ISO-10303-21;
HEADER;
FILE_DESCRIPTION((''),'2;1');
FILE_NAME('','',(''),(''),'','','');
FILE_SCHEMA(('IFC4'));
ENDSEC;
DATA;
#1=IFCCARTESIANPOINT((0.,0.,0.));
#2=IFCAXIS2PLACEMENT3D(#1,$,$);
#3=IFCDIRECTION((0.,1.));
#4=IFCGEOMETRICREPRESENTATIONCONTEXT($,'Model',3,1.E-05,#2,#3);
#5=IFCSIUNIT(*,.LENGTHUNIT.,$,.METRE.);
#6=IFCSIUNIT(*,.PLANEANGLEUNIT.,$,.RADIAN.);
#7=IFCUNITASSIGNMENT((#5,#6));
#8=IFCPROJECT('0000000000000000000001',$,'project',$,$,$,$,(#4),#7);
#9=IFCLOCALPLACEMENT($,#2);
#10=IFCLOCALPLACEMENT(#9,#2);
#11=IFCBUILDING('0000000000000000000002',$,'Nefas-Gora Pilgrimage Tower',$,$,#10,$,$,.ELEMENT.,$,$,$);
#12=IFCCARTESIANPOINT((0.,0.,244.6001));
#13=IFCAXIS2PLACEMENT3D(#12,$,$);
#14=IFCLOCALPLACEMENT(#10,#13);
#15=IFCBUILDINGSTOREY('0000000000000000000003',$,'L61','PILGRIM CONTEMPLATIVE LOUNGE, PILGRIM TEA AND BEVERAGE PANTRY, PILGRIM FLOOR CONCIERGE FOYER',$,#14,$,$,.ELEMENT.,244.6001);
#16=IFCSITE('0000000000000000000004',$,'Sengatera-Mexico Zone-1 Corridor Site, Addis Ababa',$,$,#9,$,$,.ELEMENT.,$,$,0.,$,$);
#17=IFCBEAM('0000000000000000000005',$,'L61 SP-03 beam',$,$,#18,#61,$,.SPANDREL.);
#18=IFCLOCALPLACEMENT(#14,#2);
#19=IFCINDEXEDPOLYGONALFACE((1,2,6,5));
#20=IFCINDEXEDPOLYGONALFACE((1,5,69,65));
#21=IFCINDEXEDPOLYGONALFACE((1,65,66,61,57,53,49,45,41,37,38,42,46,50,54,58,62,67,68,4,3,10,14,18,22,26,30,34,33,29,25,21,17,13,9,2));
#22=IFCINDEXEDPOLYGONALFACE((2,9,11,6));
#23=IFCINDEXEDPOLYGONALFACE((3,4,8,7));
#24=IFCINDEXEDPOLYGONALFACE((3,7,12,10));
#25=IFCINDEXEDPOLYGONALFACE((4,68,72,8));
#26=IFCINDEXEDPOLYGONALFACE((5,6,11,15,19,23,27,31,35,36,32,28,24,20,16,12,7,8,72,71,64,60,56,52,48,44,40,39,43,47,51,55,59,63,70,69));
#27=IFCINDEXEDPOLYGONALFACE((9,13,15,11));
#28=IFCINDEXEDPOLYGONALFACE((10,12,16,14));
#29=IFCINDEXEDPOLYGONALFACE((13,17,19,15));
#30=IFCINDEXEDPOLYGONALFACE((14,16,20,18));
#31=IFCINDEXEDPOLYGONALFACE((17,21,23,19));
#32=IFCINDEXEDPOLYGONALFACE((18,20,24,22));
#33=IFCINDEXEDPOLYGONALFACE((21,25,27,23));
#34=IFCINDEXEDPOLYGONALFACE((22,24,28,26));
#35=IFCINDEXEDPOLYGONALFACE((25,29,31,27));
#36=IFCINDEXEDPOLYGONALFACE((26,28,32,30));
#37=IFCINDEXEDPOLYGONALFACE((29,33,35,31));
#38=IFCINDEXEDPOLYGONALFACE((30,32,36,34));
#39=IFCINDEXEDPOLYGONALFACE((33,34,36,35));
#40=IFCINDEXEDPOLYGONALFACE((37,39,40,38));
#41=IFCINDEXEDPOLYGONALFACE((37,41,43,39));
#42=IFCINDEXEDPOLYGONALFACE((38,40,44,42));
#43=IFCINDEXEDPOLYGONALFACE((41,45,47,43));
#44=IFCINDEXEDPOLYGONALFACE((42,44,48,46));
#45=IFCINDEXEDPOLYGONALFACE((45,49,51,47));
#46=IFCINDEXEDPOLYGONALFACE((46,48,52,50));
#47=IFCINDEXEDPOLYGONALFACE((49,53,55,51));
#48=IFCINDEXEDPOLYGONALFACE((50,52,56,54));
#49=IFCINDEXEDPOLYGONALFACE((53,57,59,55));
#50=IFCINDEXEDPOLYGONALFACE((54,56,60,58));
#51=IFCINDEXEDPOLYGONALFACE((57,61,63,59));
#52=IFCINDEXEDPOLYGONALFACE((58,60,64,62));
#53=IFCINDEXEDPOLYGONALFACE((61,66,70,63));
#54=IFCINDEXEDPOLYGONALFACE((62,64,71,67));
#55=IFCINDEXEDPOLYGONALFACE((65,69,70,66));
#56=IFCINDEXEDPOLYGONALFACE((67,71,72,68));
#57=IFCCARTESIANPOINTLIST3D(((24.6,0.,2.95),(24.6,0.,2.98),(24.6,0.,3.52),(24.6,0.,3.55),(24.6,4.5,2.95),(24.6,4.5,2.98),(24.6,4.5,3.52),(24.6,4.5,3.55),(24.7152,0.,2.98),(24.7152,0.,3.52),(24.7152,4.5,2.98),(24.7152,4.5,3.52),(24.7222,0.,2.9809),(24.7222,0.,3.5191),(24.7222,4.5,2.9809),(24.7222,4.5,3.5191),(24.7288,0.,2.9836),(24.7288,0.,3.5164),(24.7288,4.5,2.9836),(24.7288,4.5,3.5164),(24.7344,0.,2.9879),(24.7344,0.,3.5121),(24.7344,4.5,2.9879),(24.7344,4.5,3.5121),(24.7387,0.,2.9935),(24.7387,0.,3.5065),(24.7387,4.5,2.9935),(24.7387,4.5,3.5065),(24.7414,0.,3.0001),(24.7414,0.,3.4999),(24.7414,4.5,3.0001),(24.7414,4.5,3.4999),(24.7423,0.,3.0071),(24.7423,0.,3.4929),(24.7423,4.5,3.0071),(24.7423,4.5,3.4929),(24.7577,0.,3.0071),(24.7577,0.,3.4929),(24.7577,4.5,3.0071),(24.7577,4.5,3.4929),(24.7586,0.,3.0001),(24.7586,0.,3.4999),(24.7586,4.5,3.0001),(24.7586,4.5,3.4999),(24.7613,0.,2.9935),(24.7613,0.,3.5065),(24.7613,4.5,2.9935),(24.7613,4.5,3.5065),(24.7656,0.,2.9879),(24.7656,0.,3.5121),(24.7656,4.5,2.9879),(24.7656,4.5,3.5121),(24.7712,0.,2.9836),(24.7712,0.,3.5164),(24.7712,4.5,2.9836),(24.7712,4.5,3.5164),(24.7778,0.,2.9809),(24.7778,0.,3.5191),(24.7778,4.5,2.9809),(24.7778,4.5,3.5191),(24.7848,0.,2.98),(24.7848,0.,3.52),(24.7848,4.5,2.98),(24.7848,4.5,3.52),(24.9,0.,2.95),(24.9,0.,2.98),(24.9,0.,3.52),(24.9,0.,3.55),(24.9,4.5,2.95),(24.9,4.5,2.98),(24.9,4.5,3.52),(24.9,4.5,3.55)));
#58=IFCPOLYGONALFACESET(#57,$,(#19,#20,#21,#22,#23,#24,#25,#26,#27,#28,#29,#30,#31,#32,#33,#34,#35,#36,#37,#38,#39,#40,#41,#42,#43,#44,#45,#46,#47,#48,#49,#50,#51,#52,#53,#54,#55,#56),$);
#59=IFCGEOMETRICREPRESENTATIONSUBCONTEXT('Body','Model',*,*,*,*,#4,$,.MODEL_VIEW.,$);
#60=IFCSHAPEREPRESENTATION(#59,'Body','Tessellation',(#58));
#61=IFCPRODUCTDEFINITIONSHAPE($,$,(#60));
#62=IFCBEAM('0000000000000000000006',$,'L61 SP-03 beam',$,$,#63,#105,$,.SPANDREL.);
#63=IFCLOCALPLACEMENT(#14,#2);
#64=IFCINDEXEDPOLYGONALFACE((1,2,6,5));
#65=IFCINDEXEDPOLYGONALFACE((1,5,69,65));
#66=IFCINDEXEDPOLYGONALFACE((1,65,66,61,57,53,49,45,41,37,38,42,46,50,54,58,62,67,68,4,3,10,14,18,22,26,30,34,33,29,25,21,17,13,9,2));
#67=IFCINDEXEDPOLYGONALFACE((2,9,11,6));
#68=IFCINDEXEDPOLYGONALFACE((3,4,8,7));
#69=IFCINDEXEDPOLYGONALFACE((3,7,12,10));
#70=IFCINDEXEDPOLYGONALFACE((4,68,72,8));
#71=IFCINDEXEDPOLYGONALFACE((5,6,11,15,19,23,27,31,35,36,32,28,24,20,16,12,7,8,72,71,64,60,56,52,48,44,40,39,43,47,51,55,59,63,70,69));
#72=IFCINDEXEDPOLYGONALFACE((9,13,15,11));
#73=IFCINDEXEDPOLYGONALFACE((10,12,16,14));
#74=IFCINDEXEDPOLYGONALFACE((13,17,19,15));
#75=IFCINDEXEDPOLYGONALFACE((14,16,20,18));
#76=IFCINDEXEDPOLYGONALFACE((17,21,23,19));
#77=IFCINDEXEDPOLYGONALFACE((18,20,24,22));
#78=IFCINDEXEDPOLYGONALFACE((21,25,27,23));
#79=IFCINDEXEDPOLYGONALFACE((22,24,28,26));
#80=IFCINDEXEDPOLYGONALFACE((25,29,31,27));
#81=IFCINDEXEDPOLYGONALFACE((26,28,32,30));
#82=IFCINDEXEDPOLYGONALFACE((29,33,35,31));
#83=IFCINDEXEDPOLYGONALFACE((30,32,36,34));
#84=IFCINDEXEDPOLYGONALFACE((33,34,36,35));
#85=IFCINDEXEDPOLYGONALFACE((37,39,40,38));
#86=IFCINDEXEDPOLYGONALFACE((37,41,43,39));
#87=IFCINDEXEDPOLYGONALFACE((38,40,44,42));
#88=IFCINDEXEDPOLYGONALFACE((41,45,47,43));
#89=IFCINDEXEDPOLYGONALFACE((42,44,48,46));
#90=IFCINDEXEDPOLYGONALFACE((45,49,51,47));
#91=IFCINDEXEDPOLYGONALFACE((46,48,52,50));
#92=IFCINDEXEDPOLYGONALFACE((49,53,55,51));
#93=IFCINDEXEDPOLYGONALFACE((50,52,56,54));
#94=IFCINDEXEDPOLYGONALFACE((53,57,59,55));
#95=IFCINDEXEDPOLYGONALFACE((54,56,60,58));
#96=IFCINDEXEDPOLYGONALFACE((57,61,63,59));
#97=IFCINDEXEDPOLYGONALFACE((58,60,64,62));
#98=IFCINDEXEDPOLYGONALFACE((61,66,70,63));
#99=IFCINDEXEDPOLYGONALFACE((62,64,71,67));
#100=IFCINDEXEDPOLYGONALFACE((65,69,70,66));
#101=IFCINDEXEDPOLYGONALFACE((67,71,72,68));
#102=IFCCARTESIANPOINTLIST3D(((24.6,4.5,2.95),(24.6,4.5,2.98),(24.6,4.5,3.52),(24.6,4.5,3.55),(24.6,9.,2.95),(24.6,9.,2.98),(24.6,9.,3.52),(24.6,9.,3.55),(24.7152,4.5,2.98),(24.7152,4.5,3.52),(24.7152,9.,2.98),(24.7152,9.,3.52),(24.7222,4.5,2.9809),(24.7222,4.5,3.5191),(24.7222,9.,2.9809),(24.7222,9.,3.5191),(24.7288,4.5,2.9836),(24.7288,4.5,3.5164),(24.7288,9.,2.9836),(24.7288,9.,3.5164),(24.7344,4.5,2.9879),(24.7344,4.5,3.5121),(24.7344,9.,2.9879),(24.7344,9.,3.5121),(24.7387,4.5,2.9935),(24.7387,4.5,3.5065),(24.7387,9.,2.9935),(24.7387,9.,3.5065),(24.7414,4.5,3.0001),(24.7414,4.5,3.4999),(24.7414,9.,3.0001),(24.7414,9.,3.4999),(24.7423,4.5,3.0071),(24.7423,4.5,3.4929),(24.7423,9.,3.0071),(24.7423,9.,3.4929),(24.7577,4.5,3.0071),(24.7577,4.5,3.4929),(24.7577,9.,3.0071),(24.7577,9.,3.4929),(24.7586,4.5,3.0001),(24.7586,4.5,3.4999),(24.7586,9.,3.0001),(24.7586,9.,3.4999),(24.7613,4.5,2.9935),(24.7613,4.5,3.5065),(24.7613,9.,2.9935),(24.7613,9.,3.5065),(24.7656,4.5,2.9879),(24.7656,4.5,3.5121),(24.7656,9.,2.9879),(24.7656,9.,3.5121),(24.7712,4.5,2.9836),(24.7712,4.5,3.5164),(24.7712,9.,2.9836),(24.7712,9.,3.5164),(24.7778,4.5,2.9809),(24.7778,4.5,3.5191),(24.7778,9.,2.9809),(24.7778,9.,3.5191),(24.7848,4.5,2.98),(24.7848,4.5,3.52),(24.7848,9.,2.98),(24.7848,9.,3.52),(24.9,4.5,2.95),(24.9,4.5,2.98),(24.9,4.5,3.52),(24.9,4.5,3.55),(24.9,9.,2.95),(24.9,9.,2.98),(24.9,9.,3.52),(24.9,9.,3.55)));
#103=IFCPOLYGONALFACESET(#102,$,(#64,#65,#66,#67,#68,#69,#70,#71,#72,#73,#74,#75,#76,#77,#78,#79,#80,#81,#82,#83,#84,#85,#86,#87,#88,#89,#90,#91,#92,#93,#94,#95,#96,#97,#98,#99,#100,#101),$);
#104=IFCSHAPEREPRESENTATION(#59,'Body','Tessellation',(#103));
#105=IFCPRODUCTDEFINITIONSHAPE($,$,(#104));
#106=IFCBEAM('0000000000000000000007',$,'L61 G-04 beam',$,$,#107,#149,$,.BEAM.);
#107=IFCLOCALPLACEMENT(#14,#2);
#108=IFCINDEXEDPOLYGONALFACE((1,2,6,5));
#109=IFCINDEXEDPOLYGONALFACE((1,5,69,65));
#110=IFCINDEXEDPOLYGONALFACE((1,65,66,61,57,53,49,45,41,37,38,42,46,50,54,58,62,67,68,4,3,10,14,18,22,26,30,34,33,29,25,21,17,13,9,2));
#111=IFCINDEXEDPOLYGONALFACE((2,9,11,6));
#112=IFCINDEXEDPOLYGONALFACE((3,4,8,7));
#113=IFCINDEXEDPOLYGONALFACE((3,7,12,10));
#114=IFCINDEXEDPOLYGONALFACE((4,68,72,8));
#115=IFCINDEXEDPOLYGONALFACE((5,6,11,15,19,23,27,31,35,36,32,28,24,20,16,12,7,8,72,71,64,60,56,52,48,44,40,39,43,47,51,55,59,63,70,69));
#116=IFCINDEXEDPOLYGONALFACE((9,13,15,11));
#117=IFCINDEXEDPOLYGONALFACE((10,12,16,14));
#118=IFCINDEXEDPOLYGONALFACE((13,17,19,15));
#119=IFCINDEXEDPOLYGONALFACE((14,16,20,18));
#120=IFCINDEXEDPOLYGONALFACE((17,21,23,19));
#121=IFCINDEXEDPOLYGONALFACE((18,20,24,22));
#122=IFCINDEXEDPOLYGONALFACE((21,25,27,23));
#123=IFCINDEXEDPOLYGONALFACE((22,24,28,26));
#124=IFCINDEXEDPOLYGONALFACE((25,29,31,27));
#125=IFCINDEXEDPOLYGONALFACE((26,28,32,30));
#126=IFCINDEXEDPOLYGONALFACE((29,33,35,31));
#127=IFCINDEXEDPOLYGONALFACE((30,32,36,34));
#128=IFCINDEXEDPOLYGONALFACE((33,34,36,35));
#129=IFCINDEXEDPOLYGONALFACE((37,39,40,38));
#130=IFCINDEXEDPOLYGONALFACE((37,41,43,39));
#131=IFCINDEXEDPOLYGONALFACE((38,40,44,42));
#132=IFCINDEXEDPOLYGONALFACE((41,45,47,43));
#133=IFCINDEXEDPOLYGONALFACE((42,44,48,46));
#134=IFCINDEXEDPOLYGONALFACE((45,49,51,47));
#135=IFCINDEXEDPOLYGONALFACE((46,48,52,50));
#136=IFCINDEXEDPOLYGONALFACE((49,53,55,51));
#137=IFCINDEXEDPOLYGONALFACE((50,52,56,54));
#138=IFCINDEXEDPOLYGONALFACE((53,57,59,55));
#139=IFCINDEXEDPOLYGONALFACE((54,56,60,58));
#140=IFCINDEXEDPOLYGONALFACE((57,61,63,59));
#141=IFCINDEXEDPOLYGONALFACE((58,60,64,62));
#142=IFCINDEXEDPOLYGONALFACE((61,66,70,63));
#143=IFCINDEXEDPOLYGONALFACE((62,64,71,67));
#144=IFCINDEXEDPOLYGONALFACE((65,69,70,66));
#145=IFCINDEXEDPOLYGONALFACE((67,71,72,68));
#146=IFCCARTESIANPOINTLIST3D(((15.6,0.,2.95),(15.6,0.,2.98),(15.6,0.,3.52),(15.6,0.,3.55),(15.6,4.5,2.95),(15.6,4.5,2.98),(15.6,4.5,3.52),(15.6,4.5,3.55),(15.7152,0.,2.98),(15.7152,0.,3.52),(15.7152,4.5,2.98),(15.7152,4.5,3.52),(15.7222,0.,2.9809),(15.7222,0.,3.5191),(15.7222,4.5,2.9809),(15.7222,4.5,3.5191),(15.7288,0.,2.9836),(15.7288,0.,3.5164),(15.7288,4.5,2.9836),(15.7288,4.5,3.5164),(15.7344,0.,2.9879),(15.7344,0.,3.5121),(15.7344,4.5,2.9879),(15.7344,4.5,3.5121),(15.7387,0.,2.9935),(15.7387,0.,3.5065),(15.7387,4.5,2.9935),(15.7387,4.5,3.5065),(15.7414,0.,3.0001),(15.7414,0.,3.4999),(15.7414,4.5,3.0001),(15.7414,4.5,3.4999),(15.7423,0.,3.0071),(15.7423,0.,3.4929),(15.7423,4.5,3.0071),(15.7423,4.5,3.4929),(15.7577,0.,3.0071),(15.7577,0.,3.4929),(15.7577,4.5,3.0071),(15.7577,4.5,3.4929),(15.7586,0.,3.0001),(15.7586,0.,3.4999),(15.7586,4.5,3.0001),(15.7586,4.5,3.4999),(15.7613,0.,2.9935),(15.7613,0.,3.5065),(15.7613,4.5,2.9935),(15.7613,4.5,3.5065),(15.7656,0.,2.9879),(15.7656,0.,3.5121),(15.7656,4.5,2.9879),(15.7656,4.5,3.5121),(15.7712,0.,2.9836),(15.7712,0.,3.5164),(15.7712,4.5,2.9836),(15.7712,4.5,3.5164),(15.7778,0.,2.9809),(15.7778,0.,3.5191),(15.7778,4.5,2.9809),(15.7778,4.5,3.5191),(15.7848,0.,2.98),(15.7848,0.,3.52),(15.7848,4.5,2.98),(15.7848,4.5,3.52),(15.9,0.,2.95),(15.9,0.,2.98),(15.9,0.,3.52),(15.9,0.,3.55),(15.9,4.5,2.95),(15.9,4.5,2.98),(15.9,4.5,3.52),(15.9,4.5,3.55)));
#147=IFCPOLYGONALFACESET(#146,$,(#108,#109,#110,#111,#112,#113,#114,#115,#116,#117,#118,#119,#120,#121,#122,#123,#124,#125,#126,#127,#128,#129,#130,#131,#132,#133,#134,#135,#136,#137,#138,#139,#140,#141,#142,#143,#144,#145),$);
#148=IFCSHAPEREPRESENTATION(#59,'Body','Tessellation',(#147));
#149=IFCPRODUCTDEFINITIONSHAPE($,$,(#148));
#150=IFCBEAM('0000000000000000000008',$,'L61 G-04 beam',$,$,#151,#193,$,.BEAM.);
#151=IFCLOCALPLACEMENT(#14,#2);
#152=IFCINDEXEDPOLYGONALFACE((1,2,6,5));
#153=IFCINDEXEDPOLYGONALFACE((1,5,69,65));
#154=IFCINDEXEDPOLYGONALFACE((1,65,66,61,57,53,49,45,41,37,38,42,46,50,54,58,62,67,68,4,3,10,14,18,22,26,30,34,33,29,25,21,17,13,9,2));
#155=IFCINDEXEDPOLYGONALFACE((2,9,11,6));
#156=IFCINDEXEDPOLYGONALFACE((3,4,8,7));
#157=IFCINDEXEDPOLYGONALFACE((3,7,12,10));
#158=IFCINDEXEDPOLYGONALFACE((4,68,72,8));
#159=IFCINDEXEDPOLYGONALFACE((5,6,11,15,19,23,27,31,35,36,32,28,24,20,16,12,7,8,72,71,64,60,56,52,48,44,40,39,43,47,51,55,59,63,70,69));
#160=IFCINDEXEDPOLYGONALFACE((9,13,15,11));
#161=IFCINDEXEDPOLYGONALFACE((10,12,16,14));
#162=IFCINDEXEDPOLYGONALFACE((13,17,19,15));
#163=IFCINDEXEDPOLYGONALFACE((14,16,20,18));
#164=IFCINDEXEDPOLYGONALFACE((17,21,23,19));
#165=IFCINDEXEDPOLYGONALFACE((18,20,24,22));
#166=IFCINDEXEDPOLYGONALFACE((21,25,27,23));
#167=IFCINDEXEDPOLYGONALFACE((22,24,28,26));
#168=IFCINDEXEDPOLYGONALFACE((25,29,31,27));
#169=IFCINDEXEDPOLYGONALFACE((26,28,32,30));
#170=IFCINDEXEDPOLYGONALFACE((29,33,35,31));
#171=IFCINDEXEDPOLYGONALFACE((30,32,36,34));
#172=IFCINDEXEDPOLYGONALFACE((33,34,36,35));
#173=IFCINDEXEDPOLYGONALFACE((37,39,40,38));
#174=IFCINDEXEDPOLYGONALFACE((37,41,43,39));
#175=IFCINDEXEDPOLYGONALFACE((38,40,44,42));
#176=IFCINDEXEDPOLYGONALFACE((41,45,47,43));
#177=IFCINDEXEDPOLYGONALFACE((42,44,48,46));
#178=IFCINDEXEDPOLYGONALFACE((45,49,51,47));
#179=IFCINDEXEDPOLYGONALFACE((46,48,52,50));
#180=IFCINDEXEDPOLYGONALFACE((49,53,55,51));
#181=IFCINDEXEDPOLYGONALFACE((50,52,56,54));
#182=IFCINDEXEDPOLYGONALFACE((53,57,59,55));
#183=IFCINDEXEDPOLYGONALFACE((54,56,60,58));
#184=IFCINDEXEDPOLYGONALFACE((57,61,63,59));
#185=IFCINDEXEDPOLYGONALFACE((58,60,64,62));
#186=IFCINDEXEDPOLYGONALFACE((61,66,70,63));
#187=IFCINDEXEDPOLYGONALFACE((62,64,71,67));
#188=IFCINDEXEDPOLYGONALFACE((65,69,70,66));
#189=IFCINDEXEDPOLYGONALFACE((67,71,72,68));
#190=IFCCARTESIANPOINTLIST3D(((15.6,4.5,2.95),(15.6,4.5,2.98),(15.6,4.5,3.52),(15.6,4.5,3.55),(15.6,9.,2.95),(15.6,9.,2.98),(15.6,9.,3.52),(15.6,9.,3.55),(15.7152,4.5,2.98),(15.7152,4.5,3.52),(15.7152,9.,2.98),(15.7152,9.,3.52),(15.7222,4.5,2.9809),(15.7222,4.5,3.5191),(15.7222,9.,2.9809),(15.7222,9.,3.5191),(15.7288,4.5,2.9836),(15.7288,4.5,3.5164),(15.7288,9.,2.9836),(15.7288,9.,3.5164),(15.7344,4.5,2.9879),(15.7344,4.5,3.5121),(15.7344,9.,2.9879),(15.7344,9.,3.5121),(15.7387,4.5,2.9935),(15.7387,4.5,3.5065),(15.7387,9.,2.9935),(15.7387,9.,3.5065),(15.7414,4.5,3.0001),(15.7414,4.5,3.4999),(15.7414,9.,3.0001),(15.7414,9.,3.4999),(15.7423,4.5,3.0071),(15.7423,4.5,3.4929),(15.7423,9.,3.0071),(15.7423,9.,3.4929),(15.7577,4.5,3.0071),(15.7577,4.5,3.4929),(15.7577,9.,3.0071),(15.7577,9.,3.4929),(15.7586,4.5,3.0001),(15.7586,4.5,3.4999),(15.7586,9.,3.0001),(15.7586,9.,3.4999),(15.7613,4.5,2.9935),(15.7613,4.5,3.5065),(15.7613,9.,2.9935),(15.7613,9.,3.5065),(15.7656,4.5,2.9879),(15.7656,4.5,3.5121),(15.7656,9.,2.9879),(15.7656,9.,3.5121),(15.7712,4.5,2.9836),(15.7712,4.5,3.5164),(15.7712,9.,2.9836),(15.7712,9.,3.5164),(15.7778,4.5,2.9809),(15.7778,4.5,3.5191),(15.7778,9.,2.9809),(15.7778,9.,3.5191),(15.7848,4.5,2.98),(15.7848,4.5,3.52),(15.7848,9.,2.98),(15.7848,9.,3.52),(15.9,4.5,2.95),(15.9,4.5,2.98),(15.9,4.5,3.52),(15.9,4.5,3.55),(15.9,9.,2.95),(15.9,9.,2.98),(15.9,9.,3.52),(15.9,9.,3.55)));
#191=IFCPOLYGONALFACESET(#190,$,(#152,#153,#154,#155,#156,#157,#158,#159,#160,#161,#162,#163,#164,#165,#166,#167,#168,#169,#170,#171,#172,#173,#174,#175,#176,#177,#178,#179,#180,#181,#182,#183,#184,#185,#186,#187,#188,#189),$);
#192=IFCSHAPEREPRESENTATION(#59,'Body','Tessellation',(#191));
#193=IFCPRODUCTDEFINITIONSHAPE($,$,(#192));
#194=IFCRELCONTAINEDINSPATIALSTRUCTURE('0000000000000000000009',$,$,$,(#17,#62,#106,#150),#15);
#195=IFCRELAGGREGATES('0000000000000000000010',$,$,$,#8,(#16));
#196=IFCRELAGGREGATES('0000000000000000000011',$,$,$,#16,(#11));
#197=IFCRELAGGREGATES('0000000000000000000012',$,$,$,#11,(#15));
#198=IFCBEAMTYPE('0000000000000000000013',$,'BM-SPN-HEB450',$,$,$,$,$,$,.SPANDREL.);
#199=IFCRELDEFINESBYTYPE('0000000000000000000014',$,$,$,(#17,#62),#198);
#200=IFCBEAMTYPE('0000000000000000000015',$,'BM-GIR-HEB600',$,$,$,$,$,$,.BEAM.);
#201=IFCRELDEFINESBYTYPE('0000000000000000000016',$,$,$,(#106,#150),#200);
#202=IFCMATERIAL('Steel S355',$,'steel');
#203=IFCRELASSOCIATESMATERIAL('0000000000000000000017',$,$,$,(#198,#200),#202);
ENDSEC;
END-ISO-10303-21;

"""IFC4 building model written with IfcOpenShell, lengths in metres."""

from ifc_helpers import new_model, si_unit, direction, frame, origin, origin_2d, place, context, subcontext, project, spatial, i_section, extrude, source, transform, mapped, material, material_profile, profile_set, type_object, element, save


model = new_model("IFC4")

# Units and contexts
model_context = context("Model", 3, precision=1e-05, world=origin(), true_north=direction((0.0, 1.0)))
body_context = subcontext(model_context, "Body", "Model", "MODEL_VIEW")
ifc_project = project(units=[si_unit("LENGTHUNIT", "METRE"), si_unit("PLANEANGLEUNIT", "RADIAN")], contexts=[model_context])

# Site, building, storey
site_placement = place(None, origin())
site = spatial("IfcSite", under=ifc_project, at=site_placement, Name="Sengatera-Mexico Zone-1 Corridor Site, Addis Ababa", CompositionType="ELEMENT", RefElevation=0.0)
building_placement = place(site_placement, origin())
building = spatial("IfcBuilding", under=site, at=building_placement, Name="Nefas-Gora Pilgrimage Tower", CompositionType="ELEMENT")
storey_placement = place(building_placement, frame((0.0, 0.0, 244.6001)))
storey = spatial("IfcBuildingStorey", under=building, at=storey_placement, Name="L61", Description="PILGRIM CONTEMPLATIVE LOUNGE, PILGRIM TEA AND BEVERAGE PANTRY, PILGRIM FLOOR CONCIERGE FOYER", CompositionType="ELEMENT", Elevation=244.6001)

# Beams
ifc_material_1 = material(Name="Steel S355", Category="steel")
ifc_material_profile_1 = material_profile(ifc_material_1, i_section(OverallWidth=0.3, OverallDepth=0.6001, WebThickness=0.0154, FlangeThickness=0.03, FilletRadius=0.0271, at=origin_2d()), Name="HEB 600")
ifc_profile_set_1 = profile_set([ifc_material_profile_1], Name="Steel S355")
beam_type_1 = type_object("IfcBeamType", Name="BM-SPN-HEB450", PredefinedType="SPANDREL", material=ifc_profile_set_1)
shared_shape_1 = source(origin(), body_context, "Body", "SweptSolid", [
    extrude(i_section(OverallWidth=0.3, OverallDepth=0.6001, WebThickness=0.0154, FlangeThickness=0.03, FilletRadius=0.0271, at=origin_2d()), origin(), (0.0, 0.0, 1.0), 4.5),
])
for number, where, z_axis, x_axis, name in (
    (1, (24.75, 0.0, 3.25), (0.0, 1.0, 0.0), (-1.0, 0.0, 0.0), "L61 SP-03 beam"),
    (2, (24.75, 4.5, 3.25), (0.0, 1.0, 0.0), (-1.0, 0.0, 0.0), "L61 SP-03 beam"),
):
    element("IfcBeam", number, at=place(storey_placement, frame(where, z_axis=z_axis, x_axis=x_axis)), inside=storey, type_object=beam_type_1, Name=name, PredefinedType="SPANDREL", context=body_context, shape_type="MappedRepresentation", body=[
        mapped(shared_shape_1, transform((0.0, 0.0, 0.0), x_axis=(1.0, 0.0, 0.0), y_axis=(0.0, 1.0, 0.0), z_axis=(0.0, 0.0, 1.0), scale=1.0)),
    ])
ifc_material_profile_2 = material_profile(ifc_material_1, i_section(OverallWidth=0.3, OverallDepth=0.6001, WebThickness=0.0154, FlangeThickness=0.03, FilletRadius=0.0271, at=origin_2d()), Name="HEB 600")
ifc_profile_set_2 = profile_set([ifc_material_profile_2], Name="Steel S355")
beam_type_2 = type_object("IfcBeamType", Name="BM-GIR-HEB600", PredefinedType="BEAM", material=ifc_profile_set_2)
shared_shape_2 = source(origin(), body_context, "Body", "SweptSolid", [
    extrude(i_section(OverallWidth=0.3, OverallDepth=0.6001, WebThickness=0.0154, FlangeThickness=0.03, FilletRadius=0.0271, at=origin_2d()), origin(), (0.0, 0.0, 1.0), 4.5),
])
for number, where, z_axis, x_axis, name in (
    (3, (15.75, 0.0, 3.25), (0.0, 1.0, 0.0), (-1.0, 0.0, 0.0), "L61 G-04 beam"),
    (4, (15.75, 4.5, 3.25), (0.0, 1.0, 0.0), (-1.0, 0.0, 0.0), "L61 G-04 beam"),
):
    element("IfcBeam", number, at=place(storey_placement, frame(where, z_axis=z_axis, x_axis=x_axis)), inside=storey, type_object=beam_type_2, Name=name, PredefinedType="BEAM", context=body_context, shape_type="MappedRepresentation", body=[
        mapped(shared_shape_2, transform((0.0, 0.0, 0.0), x_axis=(1.0, 0.0, 0.0), y_axis=(0.0, 1.0, 0.0), z_axis=(0.0, 0.0, 1.0), scale=1.0)),
    ])

save(model, "model.ifc")
